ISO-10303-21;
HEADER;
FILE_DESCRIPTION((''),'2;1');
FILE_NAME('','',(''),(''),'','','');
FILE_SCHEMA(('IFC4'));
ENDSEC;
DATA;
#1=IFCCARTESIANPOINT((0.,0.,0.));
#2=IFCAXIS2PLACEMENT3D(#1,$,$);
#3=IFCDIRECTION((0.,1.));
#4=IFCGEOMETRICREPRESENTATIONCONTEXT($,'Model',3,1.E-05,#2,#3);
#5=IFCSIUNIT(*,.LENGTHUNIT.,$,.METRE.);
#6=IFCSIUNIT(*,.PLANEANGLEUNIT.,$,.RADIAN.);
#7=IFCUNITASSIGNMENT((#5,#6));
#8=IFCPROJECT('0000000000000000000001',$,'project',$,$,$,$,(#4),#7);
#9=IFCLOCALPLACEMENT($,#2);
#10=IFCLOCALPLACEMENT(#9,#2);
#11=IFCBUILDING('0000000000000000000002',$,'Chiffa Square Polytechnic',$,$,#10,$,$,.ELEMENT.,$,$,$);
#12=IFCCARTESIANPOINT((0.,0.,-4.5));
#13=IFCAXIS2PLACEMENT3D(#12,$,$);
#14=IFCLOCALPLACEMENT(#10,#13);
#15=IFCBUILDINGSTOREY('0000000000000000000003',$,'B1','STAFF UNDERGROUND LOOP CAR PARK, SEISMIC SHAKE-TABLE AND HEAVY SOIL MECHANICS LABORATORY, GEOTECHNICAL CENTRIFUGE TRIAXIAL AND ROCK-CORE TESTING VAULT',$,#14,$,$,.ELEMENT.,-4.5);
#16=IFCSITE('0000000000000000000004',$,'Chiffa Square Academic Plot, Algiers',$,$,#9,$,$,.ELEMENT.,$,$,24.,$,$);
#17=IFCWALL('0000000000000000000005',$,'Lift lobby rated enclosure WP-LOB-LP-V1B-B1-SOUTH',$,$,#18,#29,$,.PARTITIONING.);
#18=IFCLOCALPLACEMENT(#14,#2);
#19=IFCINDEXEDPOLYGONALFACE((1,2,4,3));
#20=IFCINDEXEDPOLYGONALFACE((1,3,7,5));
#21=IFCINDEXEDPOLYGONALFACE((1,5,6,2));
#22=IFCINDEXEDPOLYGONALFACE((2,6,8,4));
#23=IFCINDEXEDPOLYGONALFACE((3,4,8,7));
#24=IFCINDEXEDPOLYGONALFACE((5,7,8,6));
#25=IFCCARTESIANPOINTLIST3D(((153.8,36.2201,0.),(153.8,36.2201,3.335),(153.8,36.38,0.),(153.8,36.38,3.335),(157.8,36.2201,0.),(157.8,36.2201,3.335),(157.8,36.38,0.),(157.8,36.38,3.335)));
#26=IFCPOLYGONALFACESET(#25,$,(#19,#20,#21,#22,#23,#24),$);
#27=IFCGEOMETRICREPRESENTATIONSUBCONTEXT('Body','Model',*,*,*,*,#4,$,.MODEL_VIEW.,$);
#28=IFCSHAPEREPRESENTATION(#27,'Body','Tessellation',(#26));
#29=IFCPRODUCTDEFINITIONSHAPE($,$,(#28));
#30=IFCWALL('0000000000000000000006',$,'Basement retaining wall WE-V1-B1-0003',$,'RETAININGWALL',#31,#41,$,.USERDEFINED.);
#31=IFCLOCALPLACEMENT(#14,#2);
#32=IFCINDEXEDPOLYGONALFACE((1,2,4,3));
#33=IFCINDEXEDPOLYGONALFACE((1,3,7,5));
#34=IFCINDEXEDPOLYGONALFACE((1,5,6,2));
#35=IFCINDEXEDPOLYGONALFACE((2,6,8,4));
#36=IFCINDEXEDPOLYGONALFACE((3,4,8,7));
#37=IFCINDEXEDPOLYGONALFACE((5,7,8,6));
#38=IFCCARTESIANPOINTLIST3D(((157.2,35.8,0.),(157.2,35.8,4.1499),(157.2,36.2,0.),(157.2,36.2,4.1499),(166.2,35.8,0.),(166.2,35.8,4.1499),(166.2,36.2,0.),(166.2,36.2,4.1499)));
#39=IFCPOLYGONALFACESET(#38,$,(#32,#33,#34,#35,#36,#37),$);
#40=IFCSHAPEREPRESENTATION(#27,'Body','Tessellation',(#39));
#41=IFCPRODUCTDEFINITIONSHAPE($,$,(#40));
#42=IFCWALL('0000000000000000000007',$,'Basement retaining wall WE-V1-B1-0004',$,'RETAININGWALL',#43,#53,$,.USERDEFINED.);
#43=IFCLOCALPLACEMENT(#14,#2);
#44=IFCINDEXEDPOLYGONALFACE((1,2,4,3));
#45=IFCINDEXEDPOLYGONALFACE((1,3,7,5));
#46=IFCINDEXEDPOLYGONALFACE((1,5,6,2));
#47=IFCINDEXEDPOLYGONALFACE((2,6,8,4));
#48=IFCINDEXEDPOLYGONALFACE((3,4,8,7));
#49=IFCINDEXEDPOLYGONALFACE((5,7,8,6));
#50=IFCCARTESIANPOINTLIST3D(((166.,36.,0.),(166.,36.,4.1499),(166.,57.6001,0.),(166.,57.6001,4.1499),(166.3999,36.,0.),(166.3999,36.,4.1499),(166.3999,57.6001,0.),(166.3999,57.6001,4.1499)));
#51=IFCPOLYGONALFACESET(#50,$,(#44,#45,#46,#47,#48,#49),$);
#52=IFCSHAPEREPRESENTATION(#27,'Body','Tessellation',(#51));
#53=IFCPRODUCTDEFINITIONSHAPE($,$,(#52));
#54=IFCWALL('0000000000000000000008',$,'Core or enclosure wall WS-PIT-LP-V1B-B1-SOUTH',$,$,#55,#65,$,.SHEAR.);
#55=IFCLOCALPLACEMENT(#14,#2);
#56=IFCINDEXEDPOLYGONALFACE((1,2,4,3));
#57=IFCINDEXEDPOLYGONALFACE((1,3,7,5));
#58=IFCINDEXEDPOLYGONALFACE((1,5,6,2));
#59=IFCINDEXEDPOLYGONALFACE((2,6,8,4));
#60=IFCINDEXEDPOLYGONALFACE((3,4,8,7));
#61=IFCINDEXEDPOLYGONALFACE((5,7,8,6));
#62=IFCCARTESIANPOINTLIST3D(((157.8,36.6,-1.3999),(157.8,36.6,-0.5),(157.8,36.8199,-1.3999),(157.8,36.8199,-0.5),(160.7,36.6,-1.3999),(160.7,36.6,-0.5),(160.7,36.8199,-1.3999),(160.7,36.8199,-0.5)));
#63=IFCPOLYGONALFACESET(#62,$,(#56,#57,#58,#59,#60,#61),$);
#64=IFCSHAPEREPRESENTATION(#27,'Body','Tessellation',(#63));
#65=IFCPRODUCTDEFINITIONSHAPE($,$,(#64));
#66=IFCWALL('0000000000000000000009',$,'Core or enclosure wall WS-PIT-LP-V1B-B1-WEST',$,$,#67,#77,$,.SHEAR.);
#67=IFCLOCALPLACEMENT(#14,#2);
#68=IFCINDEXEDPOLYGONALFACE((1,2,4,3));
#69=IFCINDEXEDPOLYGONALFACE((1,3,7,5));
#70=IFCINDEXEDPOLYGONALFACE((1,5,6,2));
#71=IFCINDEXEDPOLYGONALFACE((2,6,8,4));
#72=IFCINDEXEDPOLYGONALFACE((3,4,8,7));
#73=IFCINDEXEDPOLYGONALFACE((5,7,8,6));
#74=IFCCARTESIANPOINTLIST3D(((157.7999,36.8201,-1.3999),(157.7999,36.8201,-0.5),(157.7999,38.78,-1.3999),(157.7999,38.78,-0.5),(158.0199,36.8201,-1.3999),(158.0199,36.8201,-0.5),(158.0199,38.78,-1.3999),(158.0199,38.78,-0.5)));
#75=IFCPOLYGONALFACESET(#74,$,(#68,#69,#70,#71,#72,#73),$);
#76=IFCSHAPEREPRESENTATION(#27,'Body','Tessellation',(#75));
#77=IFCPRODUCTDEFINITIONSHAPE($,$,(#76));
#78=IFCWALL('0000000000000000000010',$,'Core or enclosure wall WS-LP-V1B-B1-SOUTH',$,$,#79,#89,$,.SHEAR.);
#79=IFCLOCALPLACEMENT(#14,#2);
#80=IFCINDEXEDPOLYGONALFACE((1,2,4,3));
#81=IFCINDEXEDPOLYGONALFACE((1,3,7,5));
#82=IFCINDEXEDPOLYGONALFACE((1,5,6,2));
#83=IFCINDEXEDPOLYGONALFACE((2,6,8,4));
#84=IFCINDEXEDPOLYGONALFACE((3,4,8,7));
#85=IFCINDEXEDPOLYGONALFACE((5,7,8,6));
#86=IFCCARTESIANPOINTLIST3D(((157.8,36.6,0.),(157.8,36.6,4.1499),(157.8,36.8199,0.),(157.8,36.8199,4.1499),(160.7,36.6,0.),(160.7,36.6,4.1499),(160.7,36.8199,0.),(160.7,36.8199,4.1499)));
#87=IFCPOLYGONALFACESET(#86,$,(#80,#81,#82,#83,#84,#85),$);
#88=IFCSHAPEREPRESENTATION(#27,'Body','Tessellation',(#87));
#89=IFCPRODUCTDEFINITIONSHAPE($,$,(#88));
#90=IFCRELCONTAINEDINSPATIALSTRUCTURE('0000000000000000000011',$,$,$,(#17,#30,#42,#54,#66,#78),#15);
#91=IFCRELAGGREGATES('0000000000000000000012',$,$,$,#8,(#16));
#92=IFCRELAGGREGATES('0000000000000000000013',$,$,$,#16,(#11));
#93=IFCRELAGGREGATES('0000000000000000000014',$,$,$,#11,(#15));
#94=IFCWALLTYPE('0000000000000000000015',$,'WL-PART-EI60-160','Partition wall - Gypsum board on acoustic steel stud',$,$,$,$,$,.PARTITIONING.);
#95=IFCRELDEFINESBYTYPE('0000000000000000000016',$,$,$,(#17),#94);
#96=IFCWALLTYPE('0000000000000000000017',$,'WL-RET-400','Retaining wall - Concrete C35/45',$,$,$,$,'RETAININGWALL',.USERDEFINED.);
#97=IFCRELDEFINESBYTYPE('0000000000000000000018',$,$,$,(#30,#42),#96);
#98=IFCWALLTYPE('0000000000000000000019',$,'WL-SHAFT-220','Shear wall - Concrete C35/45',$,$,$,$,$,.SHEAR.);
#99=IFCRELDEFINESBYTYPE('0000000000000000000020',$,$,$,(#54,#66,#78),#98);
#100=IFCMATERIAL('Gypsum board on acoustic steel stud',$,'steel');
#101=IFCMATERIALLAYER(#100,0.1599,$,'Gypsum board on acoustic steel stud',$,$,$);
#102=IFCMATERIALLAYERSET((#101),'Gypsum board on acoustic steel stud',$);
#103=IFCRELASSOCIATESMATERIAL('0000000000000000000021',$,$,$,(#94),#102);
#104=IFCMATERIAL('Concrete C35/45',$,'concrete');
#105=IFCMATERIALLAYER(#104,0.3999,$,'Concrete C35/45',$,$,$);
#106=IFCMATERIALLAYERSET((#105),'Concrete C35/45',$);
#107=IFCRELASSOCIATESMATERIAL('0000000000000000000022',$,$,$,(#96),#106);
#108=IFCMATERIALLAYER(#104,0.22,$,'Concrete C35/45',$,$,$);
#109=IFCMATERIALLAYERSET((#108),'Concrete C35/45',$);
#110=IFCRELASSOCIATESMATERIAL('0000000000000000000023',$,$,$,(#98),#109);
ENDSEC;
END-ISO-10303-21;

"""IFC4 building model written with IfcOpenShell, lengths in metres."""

from ifc_helpers import new_model, si_unit, direction, frame, frame_2d, origin, place, context, subcontext, project, spatial, rectangle, extrude, material, layer, layer_set, type_object, element, save


model = new_model("IFC4")

# Units and contexts
model_context = context("Model", 3, precision=1e-05, world=origin(), true_north=direction((0.0, 1.0)))
body_context = subcontext(model_context, "Body", "Model", "MODEL_VIEW")
ifc_project = project(units=[si_unit("LENGTHUNIT", "METRE"), si_unit("PLANEANGLEUNIT", "RADIAN")], contexts=[model_context])

# Site, building, storey
site_placement = place(None, origin())
site = spatial("IfcSite", under=ifc_project, at=site_placement, Name="Chiffa Square Academic Plot, Algiers", CompositionType="ELEMENT", RefElevation=24.0)
building_placement = place(site_placement, origin())
building = spatial("IfcBuilding", under=site, at=building_placement, Name="Chiffa Square Polytechnic", CompositionType="ELEMENT")
storey_placement = place(building_placement, frame((0.0, 0.0, -4.5)))
storey = spatial("IfcBuildingStorey", under=building, at=storey_placement, Name="B1", Description="STAFF UNDERGROUND LOOP CAR PARK, SEISMIC SHAKE-TABLE AND HEAVY SOIL MECHANICS LABORATORY, GEOTECHNICAL CENTRIFUGE TRIAXIAL AND ROCK-CORE TESTING VAULT", CompositionType="ELEMENT", Elevation=-4.5)

# Shared definitions
ifc_material_1 = material(Name="Concrete C35/45", Category="concrete")

# Wall
ifc_material_2 = material(Name="Gypsum board on acoustic steel stud", Category="steel")
ifc_layer_1 = layer(ifc_material_2, 0.1599, Name="Gypsum board on acoustic steel stud")
ifc_layer_set_1 = layer_set([ifc_layer_1], Name="Gypsum board on acoustic steel stud")
wall_type_1 = type_object("IfcWallType", Name="WL-PART-EI60-160", Description="Partition wall - Gypsum board on acoustic steel stud", PredefinedType="PARTITIONING", material=ifc_layer_set_1)
wall_1_placement = place(storey_placement, frame((153.8, 36.3, 0.0), z_axis=(0.0, 0.0, 1.0), x_axis=(1.0, 0.0, 0.0)))
element("IfcWall", 1, at=wall_1_placement, inside=storey, type_object=wall_type_1, Name="Lift lobby rated enclosure WP-LOB-LP-V1B-B1-SOUTH", PredefinedType="PARTITIONING", context=body_context, shape_type="SweptSolid", body=[
    extrude(rectangle(XDim=4.0, YDim=0.1599, at=frame_2d((2.0, 0.0))), origin(), (0.0, 0.0, 1.0), 3.335),
])

# Walls
ifc_layer_2 = layer(ifc_material_1, 0.3999, Name="Concrete C35/45")
ifc_layer_set_2 = layer_set([ifc_layer_2], Name="Concrete C35/45")
wall_type_2 = type_object("IfcWallType", Name="WL-RET-400", Description="Retaining wall - Concrete C35/45", ElementType="RETAININGWALL", PredefinedType="USERDEFINED", material=ifc_layer_set_2)
wall_2_placement = place(storey_placement, frame((157.2, 36.0, 0.0), z_axis=(0.0, 0.0, 1.0), x_axis=(1.0, 0.0, 0.0)))
element("IfcWall", 2, at=wall_2_placement, inside=storey, type_object=wall_type_2, Name="Basement retaining wall WE-V1-B1-0003", ObjectType="RETAININGWALL", PredefinedType="USERDEFINED", context=body_context, shape_type="SweptSolid", body=[
    extrude(rectangle(XDim=9.0, YDim=0.3999, at=frame_2d((4.5, 0.0))), origin(), (0.0, 0.0, 1.0), 4.1499),
])
wall_3_placement = place(storey_placement, frame((166.2, 36.0, 0.0), z_axis=(0.0, 0.0, 1.0), x_axis=(0.0, 1.0, 0.0)))
element("IfcWall", 3, at=wall_3_placement, inside=storey, type_object=wall_type_2, Name="Basement retaining wall WE-V1-B1-0004", ObjectType="RETAININGWALL", PredefinedType="USERDEFINED", context=body_context, shape_type="SweptSolid", body=[
    extrude(rectangle(XDim=21.6001, YDim=0.3999, at=frame_2d((10.8, 0.0))), origin(), (0.0, 0.0, 1.0), 4.1499),
])
ifc_layer_3 = layer(ifc_material_1, 0.22, Name="Concrete C35/45")
ifc_layer_set_3 = layer_set([ifc_layer_3], Name="Concrete C35/45")
wall_type_3 = type_object("IfcWallType", Name="WL-SHAFT-220", Description="Shear wall - Concrete C35/45", PredefinedType="SHEAR", material=ifc_layer_set_3)
wall_4_placement = place(storey_placement, frame((157.8, 36.71, -1.3999), z_axis=(0.0, 0.0, 1.0), x_axis=(1.0, 0.0, 0.0)))
element("IfcWall", 4, at=wall_4_placement, inside=storey, type_object=wall_type_3, Name="Core or enclosure wall WS-PIT-LP-V1B-B1-SOUTH", PredefinedType="SHEAR", context=body_context, shape_type="SweptSolid", body=[
    extrude(rectangle(XDim=2.8999, YDim=0.22, at=frame_2d((1.45, 0.0))), origin(), (0.0, 0.0, 1.0), 0.8999),
])
wall_5_placement = place(storey_placement, frame((157.9099, 36.8201, -1.3999), z_axis=(0.0, 0.0, 1.0), x_axis=(0.0, 1.0, 0.0)))
element("IfcWall", 5, at=wall_5_placement, inside=storey, type_object=wall_type_3, Name="Core or enclosure wall WS-PIT-LP-V1B-B1-WEST", PredefinedType="SHEAR", context=body_context, shape_type="SweptSolid", body=[
    extrude(rectangle(XDim=1.96, YDim=0.22, at=frame_2d((0.98, 0.0))), origin(), (0.0, 0.0, 1.0), 0.8999),
])
wall_6_placement = place(storey_placement, frame((157.8, 36.71, 0.0), z_axis=(0.0, 0.0, 1.0), x_axis=(1.0, 0.0, 0.0)))
element("IfcWall", 6, at=wall_6_placement, inside=storey, type_object=wall_type_3, Name="Core or enclosure wall WS-LP-V1B-B1-SOUTH", PredefinedType="SHEAR", context=body_context, shape_type="SweptSolid", body=[
    extrude(rectangle(XDim=2.8999, YDim=0.22, at=frame_2d((1.45, 0.0))), origin(), (0.0, 0.0, 1.0), 4.1499),
])

save(model, "model.ifc")
